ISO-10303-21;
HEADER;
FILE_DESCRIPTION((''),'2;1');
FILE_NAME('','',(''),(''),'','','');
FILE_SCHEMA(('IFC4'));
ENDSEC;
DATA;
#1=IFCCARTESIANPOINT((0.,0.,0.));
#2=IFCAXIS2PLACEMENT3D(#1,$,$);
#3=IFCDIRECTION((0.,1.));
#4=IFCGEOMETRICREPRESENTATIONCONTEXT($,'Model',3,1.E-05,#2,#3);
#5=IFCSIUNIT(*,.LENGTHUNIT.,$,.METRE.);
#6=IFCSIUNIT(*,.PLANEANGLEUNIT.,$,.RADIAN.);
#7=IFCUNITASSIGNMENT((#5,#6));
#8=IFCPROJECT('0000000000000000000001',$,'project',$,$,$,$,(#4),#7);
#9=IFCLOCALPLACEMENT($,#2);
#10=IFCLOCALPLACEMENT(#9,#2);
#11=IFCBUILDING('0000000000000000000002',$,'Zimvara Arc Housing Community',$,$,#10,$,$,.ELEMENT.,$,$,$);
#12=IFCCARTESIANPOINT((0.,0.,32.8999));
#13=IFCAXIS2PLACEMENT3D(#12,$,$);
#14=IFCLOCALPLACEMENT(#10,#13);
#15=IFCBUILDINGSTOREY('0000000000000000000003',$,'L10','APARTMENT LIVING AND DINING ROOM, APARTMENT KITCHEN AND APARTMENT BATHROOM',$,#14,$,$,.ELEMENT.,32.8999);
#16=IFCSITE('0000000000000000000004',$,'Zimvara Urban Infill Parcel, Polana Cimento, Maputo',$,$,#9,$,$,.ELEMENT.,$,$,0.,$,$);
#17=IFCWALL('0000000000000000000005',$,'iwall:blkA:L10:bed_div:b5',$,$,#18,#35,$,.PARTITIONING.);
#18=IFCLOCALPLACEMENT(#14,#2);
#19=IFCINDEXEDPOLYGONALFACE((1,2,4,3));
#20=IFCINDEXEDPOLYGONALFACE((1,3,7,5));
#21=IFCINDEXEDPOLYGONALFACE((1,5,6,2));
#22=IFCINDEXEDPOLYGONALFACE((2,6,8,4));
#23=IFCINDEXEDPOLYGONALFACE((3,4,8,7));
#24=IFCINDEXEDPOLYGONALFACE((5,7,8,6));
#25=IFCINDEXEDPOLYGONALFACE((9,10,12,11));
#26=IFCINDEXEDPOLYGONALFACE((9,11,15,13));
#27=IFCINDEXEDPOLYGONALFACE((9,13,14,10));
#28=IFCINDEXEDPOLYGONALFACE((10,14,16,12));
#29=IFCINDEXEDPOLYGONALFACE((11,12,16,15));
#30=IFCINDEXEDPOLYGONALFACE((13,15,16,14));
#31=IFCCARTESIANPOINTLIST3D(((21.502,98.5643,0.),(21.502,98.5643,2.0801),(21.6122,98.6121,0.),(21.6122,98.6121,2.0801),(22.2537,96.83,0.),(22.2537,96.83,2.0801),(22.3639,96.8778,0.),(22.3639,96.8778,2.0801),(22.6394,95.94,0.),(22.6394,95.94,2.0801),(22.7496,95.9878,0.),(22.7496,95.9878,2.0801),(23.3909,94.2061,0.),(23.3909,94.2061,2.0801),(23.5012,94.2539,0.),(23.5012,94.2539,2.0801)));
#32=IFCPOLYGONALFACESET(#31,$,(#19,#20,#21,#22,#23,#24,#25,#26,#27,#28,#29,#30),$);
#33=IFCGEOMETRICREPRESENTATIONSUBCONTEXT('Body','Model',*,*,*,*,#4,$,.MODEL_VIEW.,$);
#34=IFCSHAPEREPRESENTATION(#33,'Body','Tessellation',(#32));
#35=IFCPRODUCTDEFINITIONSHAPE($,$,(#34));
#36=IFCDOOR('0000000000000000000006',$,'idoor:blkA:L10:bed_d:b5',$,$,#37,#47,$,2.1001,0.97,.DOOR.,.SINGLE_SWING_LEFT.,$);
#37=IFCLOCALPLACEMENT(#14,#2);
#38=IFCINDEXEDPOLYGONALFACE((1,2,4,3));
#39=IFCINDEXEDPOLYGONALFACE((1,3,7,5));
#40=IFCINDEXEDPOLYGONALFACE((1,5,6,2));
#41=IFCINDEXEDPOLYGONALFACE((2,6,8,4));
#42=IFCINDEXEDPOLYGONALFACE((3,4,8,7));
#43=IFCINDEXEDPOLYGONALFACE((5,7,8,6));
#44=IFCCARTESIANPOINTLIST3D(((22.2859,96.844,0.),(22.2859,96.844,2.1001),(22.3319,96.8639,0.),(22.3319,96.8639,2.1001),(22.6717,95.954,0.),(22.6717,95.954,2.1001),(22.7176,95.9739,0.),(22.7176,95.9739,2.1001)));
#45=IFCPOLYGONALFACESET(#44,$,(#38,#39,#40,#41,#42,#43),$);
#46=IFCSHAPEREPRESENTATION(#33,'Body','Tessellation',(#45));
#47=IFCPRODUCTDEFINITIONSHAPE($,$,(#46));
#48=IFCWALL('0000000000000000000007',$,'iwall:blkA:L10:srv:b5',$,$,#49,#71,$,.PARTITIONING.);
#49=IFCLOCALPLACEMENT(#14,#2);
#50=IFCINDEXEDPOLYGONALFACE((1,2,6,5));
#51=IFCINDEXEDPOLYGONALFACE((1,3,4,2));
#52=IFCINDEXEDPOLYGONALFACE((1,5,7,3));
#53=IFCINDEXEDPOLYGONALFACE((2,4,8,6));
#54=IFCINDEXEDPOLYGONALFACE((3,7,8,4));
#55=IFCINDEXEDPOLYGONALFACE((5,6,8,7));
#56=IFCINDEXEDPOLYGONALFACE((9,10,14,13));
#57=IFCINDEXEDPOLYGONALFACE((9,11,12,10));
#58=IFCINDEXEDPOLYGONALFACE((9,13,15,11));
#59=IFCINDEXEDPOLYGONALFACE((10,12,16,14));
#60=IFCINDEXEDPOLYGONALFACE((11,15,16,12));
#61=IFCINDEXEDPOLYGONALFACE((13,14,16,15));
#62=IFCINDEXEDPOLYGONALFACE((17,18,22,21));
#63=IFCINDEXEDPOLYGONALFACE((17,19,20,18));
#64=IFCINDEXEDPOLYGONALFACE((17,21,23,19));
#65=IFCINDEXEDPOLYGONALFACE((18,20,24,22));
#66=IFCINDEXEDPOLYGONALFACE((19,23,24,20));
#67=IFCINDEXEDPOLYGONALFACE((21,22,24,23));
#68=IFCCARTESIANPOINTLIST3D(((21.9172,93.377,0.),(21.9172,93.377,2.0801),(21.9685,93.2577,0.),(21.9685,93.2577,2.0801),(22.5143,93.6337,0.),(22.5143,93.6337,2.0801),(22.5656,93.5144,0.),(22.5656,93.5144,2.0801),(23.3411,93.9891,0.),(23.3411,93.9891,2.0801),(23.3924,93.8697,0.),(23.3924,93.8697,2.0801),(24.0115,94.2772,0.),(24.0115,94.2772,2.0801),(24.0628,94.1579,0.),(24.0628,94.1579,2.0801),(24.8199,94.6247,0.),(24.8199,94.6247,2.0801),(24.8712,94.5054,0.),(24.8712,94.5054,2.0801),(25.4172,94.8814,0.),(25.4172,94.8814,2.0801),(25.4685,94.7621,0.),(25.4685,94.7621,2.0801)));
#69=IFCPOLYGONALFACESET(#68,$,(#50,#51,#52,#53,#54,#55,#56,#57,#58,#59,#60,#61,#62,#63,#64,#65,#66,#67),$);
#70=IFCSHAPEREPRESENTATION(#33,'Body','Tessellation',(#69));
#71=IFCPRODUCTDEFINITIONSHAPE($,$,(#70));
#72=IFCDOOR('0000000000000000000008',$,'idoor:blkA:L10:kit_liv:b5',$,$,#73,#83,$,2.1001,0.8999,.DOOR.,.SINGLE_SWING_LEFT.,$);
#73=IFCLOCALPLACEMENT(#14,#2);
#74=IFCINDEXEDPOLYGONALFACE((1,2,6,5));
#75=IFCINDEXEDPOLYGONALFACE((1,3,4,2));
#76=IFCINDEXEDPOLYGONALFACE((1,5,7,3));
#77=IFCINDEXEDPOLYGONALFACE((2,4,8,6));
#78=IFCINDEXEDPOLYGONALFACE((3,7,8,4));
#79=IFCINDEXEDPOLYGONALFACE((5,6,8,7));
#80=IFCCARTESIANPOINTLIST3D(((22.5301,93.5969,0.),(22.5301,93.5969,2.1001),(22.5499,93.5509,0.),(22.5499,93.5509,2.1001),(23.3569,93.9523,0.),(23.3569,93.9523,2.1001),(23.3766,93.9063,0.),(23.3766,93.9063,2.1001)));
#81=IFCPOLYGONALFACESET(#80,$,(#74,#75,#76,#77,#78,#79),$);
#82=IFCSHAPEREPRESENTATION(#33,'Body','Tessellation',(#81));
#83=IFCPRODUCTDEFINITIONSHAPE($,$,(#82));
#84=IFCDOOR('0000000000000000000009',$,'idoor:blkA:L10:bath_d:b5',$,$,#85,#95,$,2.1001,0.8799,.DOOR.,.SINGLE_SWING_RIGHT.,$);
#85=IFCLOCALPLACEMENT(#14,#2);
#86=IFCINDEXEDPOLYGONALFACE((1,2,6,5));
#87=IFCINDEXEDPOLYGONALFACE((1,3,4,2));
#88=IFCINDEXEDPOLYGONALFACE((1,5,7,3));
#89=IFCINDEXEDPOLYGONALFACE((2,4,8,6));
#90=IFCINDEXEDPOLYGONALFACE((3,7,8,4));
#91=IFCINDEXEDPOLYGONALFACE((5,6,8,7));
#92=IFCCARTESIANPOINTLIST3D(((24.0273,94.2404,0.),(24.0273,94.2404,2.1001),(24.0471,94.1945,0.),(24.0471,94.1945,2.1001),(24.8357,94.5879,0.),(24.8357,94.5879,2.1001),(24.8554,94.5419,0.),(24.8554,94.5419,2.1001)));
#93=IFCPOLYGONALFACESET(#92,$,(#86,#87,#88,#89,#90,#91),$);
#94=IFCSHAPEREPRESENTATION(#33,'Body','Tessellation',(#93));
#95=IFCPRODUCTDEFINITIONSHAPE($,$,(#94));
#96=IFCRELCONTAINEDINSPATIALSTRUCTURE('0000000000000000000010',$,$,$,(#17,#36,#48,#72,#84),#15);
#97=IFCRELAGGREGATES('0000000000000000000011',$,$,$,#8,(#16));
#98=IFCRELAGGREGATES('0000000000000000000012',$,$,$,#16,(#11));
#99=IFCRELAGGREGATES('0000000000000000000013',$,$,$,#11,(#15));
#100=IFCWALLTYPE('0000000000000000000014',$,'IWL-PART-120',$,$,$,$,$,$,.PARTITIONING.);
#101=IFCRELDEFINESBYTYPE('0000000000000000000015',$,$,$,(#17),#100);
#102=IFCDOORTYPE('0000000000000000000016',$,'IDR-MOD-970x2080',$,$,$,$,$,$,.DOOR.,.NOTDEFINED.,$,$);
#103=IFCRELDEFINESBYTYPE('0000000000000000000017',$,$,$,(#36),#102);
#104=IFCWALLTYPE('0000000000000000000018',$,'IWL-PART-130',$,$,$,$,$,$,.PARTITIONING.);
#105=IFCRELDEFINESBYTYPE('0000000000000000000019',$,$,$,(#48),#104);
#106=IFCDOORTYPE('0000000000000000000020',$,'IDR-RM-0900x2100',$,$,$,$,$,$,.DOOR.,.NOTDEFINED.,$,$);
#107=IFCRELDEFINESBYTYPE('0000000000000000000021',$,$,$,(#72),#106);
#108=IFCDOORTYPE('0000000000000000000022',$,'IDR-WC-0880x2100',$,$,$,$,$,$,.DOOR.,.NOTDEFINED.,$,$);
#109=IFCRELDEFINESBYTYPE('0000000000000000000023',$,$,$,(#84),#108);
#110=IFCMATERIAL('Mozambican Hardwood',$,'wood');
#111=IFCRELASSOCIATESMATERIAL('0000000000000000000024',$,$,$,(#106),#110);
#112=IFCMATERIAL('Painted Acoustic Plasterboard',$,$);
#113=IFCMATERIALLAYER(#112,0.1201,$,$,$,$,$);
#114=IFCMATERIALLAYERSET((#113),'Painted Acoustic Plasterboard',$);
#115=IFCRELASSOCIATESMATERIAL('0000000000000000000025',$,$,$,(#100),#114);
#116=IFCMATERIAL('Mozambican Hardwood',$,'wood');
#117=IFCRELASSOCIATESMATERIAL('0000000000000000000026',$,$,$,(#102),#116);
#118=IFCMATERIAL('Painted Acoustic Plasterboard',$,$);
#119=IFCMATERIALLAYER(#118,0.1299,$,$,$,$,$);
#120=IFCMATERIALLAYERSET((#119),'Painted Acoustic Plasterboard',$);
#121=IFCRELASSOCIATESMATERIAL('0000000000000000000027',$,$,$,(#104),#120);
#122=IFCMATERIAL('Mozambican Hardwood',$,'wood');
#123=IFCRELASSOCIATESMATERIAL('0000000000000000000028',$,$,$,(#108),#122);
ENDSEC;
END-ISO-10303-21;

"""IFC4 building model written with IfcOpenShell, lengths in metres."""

from ifc_helpers import new_model, si_unit, direction, frame, frame_2d, origin, place, context, subcontext, project, spatial, rectangle, extrude, material, layer, layer_set, type_object, element, fill, save


model = new_model("IFC4")

# Units and contexts
model_context = context("Model", 3, precision=1e-05, world=origin(), true_north=direction((0.0, 1.0)))
body_context = subcontext(model_context, "Body", "Model", "MODEL_VIEW")
ifc_project = project(units=[si_unit("LENGTHUNIT", "METRE"), si_unit("PLANEANGLEUNIT", "RADIAN")], contexts=[model_context])

# Site, building, storey
site_placement = place(None, origin())
site = spatial("IfcSite", under=ifc_project, at=site_placement, Name="Zimvara Urban Infill Parcel, Polana Cimento, Maputo", CompositionType="ELEMENT", RefElevation=0.0)
building_placement = place(site_placement, origin())
building = spatial("IfcBuilding", under=site, at=building_placement, Name="Zimvara Arc Housing Community", CompositionType="ELEMENT")
storey_placement = place(building_placement, frame((0.0, 0.0, 32.8999)))
storey = spatial("IfcBuildingStorey", under=building, at=storey_placement, Name="L10", Description="APARTMENT LIVING AND DINING ROOM, APARTMENT KITCHEN AND APARTMENT BATHROOM", CompositionType="ELEMENT", Elevation=32.8999)

# Wall, opening, door
ifc_material_1 = material(Name="Mozambican Hardwood", Category="wood")
door_type_1 = type_object("IfcDoorType", Name="IDR-RM-0900x2100", OperationType="NOTDEFINED", PredefinedType="DOOR", material=ifc_material_1)
ifc_material_2 = material(Name="Painted Acoustic Plasterboard")
ifc_layer_1 = layer(ifc_material_2, 0.1201)
ifc_layer_set_1 = layer_set([ifc_layer_1], Name="Painted Acoustic Plasterboard")
wall_type_1 = type_object("IfcWallType", Name="IWL-PART-120", PredefinedType="PARTITIONING", material=ifc_layer_set_1)
wall_1_placement = place(storey_placement, frame((23.446, 94.23, 0.0), z_axis=(0.0, 0.0, 1.0), x_axis=(-0.397675, 0.917526, 0.0)))
wall_1 = element("IfcWall", 1, at=wall_1_placement, inside=storey, type_object=wall_type_1, Name="iwall:blkA:L10:bed_div:b5", PredefinedType="PARTITIONING", context=body_context, shape_type="SweptSolid", body=[
    extrude(rectangle(XDim=4.75, YDim=0.1201, at=frame_2d((2.375, 0.0))), origin(), (0.0, 0.0, 1.0), 2.0801),
])
opening_1_placement = place(wall_1_placement, frame((1.8899, 0.0, 0.0)))
opening_1 = element("IfcOpeningElement", 2, at=opening_1_placement, cuts=wall_1, PredefinedType="OPENING", context=body_context, shape_type="SweptSolid", body=[
    extrude(rectangle(XDim=0.97, YDim=2.1001, at=frame_2d((0.4849, 1.05))), frame((0.0, 0.0701, 0.0), z_axis=(0.0, -1.0, 0.0), x_axis=(1.0, 0.0, 0.0)), (0.0, 0.0, 1.0), 0.1401),
])
ifc_material_3 = material(Name="Mozambican Hardwood", Category="wood")
door_type_2 = type_object("IfcDoorType", Name="IDR-MOD-970x2080", OperationType="NOTDEFINED", PredefinedType="DOOR", material=ifc_material_3)
door_1_placement = place(opening_1_placement, origin())
door_1 = element("IfcDoor", 3, at=door_1_placement, inside=storey, type_object=door_type_2, Name="idoor:blkA:L10:bed_d:b5", OperationType="SINGLE_SWING_LEFT", OverallHeight=2.1001, OverallWidth=0.97, PredefinedType="DOOR", context=body_context, shape_type="SweptSolid", body=[
    extrude(rectangle(XDim=0.97, YDim=2.1001, at=frame_2d((0.4849, 1.05))), frame((0.0, 0.0249, 0.0), z_axis=(0.0, -1.0, 0.0), x_axis=(1.0, 0.0, 0.0)), (0.0, 0.0, 1.0), 0.05),
])
fill(opening_1, door_1)

# Wall, openings, doors
ifc_material_4 = material(Name="Painted Acoustic Plasterboard")
ifc_layer_2 = layer(ifc_material_4, 0.1299)
ifc_layer_set_2 = layer_set([ifc_layer_2], Name="Painted Acoustic Plasterboard")
wall_type_2 = type_object("IfcWallType", Name="IWL-PART-130", PredefinedType="PARTITIONING", material=ifc_layer_set_2)
wall_2_placement = place(storey_placement, frame((21.9429, 93.3174, 0.0), z_axis=(0.0, 0.0, 1.0), x_axis=(0.918727, 0.394894, 0.0)))
wall_2 = element("IfcWall", 4, at=wall_2_placement, inside=storey, type_object=wall_type_2, Name="iwall:blkA:L10:srv:b5", PredefinedType="PARTITIONING", context=body_context, shape_type="SweptSolid", body=[
    extrude(rectangle(XDim=3.8096, YDim=0.1299, at=frame_2d((1.9048, 0.0))), origin(), (0.0, 0.0, 1.0), 2.0801),
])
opening_2_placement = place(wall_2_placement, frame((0.6499, 0.0, 0.0)))
opening_2 = element("IfcOpeningElement", 5, at=opening_2_placement, cuts=wall_2, PredefinedType="OPENING", context=body_context, shape_type="SweptSolid", body=[
    extrude(rectangle(XDim=0.8999, YDim=2.1001, at=frame_2d((0.45, 1.05))), frame((0.0, 0.075, 0.0), z_axis=(0.0, -1.0, 0.0), x_axis=(1.0, 0.0, 0.0)), (0.0, 0.0, 1.0), 0.1499),
])
opening_3_placement = place(wall_2_placement, frame((2.2795, 0.0, 0.0)))
opening_3 = element("IfcOpeningElement", 6, at=opening_3_placement, cuts=wall_2, PredefinedType="OPENING", context=body_context, shape_type="SweptSolid", body=[
    extrude(rectangle(XDim=0.8799, YDim=2.1001, at=frame_2d((0.4399, 1.05))), frame((0.0, 0.075, 0.0), z_axis=(0.0, -1.0, 0.0), x_axis=(1.0, 0.0, 0.0)), (0.0, 0.0, 1.0), 0.1499),
])
door_2_placement = place(opening_2_placement, origin())
door_2 = element("IfcDoor", 7, at=door_2_placement, inside=storey, type_object=door_type_1, Name="idoor:blkA:L10:kit_liv:b5", OperationType="SINGLE_SWING_LEFT", OverallHeight=2.1001, OverallWidth=0.8999, PredefinedType="DOOR", context=body_context, shape_type="SweptSolid", body=[
    extrude(rectangle(XDim=0.8999, YDim=2.1001, at=frame_2d((0.45, 1.05))), frame((0.0, 0.0249, 0.0), z_axis=(0.0, -1.0, 0.0), x_axis=(1.0, 0.0, 0.0)), (0.0, 0.0, 1.0), 0.05),
])
fill(opening_2, door_2)
ifc_material_5 = material(Name="Mozambican Hardwood", Category="wood")
door_type_3 = type_object("IfcDoorType", Name="IDR-WC-0880x2100", OperationType="NOTDEFINED", PredefinedType="DOOR", material=ifc_material_5)
door_3_placement = place(opening_3_placement, origin())
door_3 = element("IfcDoor", 8, at=door_3_placement, inside=storey, type_object=door_type_3, Name="idoor:blkA:L10:bath_d:b5", OperationType="SINGLE_SWING_RIGHT", OverallHeight=2.1001, OverallWidth=0.8799, PredefinedType="DOOR", context=body_context, shape_type="SweptSolid", body=[
    extrude(rectangle(XDim=0.8799, YDim=2.1001, at=frame_2d((0.4399, 1.05))), frame((0.0, 0.0249, 0.0), z_axis=(0.0, -1.0, 0.0), x_axis=(1.0, 0.0, 0.0)), (0.0, 0.0, 1.0), 0.05),
])
fill(opening_3, door_3)

save(model, "model.ifc")
